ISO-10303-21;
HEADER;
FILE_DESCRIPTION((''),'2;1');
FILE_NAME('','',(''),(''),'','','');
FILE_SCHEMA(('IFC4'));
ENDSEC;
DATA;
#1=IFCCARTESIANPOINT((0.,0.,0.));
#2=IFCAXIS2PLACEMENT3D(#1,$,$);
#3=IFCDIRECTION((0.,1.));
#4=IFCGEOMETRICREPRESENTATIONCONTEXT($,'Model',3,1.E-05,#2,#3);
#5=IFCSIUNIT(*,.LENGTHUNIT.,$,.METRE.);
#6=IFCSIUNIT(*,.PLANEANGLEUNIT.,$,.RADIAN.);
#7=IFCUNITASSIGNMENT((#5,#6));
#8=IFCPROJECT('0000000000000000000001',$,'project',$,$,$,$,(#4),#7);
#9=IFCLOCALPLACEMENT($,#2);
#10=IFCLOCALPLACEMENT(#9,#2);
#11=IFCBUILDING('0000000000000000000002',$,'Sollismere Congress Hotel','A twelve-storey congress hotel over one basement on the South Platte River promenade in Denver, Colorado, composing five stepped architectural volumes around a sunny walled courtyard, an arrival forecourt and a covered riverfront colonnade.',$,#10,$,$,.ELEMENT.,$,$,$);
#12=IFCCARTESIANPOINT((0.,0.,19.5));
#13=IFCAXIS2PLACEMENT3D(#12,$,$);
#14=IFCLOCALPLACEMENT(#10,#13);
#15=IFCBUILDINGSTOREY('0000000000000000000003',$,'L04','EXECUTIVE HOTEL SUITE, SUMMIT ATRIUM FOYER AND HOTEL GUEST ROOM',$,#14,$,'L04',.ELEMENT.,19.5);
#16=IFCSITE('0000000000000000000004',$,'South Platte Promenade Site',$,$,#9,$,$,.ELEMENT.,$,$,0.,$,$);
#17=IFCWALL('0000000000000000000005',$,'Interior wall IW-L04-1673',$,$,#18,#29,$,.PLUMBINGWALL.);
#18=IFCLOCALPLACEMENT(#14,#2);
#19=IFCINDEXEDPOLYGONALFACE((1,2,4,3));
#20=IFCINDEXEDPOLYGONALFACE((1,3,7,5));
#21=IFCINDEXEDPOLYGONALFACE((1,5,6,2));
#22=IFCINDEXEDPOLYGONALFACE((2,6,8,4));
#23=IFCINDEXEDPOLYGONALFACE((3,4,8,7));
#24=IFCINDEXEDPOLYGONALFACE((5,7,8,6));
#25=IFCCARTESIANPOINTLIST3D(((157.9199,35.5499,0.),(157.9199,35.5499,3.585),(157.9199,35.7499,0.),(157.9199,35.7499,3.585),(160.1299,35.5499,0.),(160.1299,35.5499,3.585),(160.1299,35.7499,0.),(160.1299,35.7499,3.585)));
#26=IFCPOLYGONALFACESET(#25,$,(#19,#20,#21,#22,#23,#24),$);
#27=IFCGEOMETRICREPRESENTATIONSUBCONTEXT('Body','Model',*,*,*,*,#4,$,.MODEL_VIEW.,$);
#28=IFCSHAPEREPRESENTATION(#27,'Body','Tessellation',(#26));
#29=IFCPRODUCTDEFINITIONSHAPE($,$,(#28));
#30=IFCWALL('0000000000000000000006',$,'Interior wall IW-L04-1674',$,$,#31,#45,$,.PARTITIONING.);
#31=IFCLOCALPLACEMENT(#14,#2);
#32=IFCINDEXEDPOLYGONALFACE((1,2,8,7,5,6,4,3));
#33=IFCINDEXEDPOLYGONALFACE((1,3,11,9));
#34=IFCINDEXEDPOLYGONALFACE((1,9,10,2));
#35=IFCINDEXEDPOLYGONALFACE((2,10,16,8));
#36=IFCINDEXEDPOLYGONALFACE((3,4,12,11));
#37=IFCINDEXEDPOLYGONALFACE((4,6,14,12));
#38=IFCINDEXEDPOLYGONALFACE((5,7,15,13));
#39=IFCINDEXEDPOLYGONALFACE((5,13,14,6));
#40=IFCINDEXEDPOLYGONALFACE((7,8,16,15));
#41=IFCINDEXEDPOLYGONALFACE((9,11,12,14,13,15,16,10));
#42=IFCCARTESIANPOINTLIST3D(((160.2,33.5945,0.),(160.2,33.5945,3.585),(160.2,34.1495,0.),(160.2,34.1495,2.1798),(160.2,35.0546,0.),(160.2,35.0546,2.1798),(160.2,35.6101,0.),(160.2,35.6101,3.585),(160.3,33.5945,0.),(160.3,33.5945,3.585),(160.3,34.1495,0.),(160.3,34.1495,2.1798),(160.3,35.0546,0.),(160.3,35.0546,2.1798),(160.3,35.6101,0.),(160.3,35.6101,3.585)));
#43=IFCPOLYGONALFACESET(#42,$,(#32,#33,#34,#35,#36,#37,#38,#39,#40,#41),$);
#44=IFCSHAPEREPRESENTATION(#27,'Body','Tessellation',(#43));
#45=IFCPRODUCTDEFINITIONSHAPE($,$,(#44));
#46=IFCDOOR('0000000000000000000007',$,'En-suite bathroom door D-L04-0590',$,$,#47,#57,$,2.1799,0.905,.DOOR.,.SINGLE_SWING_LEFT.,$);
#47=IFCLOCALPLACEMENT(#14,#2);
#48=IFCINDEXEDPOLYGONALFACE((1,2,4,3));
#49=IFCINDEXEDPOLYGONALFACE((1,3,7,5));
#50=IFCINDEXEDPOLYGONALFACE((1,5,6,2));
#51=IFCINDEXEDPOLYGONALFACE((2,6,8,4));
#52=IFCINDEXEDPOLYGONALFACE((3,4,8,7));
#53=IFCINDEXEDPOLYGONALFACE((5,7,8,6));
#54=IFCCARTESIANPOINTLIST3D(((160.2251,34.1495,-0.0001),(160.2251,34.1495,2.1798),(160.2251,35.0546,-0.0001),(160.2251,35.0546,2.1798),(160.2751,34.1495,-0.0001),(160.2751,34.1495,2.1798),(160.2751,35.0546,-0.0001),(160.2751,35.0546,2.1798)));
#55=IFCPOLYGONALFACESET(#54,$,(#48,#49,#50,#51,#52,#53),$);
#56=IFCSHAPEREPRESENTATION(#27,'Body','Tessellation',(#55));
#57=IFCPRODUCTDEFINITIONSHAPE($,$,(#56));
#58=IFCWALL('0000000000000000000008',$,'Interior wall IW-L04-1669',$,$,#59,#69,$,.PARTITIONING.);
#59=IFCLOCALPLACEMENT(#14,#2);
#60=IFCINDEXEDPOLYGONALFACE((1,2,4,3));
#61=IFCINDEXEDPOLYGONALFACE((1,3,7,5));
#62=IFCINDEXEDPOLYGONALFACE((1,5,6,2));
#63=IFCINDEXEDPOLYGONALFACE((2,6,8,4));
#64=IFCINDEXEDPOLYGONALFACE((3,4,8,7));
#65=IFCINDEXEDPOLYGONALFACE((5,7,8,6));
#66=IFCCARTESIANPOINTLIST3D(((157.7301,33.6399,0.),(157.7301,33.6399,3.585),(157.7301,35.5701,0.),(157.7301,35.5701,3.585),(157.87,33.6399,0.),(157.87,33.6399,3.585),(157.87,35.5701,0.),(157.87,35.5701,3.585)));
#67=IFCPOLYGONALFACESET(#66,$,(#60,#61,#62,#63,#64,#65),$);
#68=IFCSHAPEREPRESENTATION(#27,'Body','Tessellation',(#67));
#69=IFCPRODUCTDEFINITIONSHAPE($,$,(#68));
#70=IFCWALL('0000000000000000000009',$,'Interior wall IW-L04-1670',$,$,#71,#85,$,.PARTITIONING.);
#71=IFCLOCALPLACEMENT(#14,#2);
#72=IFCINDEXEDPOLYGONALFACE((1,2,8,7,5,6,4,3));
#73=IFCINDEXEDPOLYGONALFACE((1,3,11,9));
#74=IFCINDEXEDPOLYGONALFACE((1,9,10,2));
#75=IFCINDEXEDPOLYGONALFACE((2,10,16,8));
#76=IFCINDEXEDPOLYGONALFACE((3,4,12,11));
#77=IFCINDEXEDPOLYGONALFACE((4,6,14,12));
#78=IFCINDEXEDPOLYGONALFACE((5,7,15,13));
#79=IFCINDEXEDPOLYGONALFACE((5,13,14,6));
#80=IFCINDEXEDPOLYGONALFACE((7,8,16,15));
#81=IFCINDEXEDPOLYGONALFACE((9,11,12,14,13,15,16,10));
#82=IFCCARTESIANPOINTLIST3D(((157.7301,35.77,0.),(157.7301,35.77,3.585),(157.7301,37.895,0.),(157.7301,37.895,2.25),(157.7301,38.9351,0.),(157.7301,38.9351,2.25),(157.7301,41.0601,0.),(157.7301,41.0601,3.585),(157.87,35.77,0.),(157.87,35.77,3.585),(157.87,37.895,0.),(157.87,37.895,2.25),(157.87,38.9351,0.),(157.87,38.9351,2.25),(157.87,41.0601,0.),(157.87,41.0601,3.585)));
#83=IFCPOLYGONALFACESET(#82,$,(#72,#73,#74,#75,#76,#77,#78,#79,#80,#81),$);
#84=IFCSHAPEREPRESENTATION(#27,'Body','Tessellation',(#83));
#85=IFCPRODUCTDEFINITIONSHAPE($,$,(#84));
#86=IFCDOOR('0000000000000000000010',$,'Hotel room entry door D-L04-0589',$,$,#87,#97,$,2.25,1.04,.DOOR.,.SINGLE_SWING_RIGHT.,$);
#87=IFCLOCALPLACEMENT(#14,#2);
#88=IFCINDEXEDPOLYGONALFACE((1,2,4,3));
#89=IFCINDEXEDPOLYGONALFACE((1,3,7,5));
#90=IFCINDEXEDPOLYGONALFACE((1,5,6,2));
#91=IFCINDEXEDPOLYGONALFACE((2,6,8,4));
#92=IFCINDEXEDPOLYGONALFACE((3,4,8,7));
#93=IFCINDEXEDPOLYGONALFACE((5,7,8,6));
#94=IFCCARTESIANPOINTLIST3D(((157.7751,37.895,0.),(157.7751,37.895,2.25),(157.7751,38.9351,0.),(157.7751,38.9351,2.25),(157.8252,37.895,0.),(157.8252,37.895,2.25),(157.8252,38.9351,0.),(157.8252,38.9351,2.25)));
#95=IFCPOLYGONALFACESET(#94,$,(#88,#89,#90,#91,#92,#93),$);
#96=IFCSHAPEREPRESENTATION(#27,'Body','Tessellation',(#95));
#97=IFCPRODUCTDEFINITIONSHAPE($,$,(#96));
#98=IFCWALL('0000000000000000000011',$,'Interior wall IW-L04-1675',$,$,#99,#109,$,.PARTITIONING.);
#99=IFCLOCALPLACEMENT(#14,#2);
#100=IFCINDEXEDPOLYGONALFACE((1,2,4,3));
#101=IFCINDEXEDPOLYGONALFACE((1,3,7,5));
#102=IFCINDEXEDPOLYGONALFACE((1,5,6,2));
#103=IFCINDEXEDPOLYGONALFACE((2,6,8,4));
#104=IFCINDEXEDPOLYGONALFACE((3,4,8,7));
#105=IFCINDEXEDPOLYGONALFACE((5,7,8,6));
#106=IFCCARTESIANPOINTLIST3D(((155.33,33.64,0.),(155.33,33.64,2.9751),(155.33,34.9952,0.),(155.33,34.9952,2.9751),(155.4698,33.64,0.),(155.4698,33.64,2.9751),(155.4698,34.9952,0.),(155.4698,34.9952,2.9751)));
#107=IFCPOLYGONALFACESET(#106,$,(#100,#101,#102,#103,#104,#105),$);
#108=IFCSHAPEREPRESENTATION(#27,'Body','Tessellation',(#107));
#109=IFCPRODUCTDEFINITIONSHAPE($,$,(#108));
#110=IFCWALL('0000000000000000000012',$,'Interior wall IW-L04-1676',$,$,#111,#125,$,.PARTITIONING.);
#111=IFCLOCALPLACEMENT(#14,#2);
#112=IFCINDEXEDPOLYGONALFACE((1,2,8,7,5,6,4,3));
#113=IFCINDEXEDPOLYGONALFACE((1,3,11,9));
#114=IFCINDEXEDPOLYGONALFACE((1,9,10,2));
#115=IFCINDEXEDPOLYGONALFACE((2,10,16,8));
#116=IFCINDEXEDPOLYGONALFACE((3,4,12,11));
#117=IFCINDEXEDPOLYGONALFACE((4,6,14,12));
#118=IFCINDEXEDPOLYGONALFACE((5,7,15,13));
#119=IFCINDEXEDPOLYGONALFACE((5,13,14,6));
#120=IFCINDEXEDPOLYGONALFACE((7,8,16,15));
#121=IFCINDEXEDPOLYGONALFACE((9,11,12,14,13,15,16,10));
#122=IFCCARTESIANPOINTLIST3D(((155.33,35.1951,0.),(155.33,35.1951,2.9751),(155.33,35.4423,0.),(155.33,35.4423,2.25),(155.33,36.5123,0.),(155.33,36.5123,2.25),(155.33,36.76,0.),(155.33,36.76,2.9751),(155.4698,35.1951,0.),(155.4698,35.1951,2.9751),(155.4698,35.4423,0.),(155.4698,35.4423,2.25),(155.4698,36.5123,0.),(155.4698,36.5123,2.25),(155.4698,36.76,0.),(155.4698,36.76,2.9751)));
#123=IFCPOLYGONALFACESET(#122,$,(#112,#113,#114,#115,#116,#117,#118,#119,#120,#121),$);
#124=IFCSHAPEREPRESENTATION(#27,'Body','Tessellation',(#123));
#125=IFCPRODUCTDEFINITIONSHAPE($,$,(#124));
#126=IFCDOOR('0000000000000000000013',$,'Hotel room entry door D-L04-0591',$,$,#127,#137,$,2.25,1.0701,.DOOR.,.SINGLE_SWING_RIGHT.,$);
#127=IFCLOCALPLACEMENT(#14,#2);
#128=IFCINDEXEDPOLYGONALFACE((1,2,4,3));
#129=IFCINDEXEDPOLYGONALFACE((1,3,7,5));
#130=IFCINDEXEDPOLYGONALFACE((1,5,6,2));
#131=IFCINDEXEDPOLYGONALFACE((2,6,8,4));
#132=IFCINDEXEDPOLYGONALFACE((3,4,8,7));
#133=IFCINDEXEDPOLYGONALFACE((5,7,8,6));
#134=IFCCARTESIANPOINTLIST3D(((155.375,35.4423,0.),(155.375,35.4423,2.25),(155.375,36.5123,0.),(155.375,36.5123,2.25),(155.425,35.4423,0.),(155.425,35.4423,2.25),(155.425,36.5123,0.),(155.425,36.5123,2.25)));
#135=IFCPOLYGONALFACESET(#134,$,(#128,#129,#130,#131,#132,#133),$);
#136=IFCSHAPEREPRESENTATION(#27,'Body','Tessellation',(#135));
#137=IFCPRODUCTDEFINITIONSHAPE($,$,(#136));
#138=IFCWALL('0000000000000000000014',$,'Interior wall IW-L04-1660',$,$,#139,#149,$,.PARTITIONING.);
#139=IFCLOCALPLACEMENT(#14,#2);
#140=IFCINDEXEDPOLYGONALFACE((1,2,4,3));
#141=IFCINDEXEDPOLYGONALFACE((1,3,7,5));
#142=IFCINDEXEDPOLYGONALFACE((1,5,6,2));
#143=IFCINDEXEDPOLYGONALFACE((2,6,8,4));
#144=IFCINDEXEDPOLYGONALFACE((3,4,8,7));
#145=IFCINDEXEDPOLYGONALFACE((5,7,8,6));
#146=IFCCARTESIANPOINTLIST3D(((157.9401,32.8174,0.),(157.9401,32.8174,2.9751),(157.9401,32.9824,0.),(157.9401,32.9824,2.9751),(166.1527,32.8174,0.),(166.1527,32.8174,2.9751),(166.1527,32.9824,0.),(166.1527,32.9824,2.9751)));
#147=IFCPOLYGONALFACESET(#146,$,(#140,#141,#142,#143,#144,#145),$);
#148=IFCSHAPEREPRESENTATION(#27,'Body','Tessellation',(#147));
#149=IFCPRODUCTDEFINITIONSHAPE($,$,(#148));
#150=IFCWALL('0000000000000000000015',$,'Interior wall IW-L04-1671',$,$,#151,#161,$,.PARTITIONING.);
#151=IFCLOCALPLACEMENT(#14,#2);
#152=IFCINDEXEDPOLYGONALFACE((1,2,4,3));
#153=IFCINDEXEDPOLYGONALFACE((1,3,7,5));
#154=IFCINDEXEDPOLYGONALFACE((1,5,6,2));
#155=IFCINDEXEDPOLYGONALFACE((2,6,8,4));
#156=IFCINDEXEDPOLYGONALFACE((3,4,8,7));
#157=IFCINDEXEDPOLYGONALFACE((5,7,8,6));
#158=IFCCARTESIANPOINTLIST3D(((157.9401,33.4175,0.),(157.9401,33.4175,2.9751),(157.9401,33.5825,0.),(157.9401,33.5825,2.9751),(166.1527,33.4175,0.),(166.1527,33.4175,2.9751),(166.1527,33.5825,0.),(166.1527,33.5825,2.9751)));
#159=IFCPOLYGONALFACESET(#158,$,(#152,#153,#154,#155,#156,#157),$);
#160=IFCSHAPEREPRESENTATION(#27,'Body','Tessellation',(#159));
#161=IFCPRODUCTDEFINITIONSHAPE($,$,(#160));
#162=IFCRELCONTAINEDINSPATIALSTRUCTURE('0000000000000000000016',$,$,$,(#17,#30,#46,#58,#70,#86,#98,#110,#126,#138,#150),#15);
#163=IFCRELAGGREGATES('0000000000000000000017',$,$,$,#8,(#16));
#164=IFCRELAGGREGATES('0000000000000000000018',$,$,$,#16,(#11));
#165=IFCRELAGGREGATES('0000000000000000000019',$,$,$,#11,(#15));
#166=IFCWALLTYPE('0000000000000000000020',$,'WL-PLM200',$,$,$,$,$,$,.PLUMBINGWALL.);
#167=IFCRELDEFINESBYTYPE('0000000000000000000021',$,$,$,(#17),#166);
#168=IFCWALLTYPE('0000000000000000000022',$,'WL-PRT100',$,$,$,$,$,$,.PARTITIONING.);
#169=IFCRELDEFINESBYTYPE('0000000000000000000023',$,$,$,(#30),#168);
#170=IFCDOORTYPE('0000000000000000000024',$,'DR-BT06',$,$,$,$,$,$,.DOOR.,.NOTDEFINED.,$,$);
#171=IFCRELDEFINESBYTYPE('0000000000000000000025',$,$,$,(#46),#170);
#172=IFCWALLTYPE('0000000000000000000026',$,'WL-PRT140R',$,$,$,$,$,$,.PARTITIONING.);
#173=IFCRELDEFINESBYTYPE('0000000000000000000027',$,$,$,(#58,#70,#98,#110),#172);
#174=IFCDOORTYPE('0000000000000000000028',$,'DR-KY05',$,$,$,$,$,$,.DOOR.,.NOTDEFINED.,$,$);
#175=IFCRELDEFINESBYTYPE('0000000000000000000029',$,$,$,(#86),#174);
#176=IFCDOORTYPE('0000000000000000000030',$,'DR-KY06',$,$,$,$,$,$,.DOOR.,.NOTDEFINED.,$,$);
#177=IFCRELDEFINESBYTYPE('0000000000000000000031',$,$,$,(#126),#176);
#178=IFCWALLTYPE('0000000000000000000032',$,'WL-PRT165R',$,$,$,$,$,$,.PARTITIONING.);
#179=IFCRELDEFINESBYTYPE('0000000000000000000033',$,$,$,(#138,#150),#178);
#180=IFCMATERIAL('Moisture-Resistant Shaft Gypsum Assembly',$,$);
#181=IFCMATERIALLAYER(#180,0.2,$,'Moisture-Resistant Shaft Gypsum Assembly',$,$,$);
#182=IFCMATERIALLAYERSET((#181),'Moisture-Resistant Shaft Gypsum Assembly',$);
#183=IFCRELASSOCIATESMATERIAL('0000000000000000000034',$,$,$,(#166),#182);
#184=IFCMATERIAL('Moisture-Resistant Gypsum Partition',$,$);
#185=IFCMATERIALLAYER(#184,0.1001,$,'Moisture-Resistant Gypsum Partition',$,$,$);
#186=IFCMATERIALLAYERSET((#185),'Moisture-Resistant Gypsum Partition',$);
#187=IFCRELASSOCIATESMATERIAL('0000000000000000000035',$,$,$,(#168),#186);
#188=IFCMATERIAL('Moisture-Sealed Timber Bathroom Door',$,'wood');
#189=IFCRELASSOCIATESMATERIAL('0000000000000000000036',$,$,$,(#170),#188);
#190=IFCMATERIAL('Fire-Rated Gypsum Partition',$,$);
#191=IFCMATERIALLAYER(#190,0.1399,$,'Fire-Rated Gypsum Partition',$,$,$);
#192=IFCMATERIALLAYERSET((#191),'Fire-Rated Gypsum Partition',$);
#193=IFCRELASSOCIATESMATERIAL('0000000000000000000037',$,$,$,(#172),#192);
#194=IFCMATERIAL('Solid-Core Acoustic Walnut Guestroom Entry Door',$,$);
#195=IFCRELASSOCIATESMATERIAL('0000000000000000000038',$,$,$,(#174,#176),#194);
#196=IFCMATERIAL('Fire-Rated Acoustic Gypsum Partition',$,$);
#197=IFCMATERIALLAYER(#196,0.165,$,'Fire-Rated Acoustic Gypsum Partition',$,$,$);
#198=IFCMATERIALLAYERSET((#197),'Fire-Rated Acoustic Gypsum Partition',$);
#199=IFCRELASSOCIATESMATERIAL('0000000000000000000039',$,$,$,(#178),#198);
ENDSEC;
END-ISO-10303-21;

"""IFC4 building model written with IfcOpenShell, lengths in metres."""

from ifc_helpers import new_model, si_unit, direction, frame, frame_2d, origin, place, context, subcontext, project, spatial, rectangle, extrude, material, layer, layer_set, type_object, element, fill, save


model = new_model("IFC4")

# Units and contexts
model_context = context("Model", 3, precision=1e-05, world=origin(), true_north=direction((0.0, 1.0)))
body_context = subcontext(model_context, "Body", "Model", "MODEL_VIEW")
ifc_project = project(units=[si_unit("LENGTHUNIT", "METRE"), si_unit("PLANEANGLEUNIT", "RADIAN")], contexts=[model_context])

# Site, building, storey
site_placement = place(None, origin())
site = spatial("IfcSite", under=ifc_project, at=site_placement, Name="South Platte Promenade Site", CompositionType="ELEMENT", RefElevation=0.0)
building_placement = place(site_placement, origin())
building = spatial("IfcBuilding", under=site, at=building_placement, Name="Sollismere Congress Hotel", Description="A twelve-storey congress hotel over one basement on the South Platte River promenade in Denver, Colorado, composing five stepped architectural volumes around a sunny walled courtyard, an arrival forecourt and a covered riverfront colonnade.", CompositionType="ELEMENT")
storey_placement = place(building_placement, frame((0.0, 0.0, 19.5)))
storey = spatial("IfcBuildingStorey", under=building, at=storey_placement, Name="L04", Description="EXECUTIVE HOTEL SUITE, SUMMIT ATRIUM FOYER AND HOTEL GUEST ROOM", LongName="L04", CompositionType="ELEMENT", Elevation=19.5)

# Wall
ifc_material_1 = material(Name="Moisture-Resistant Shaft Gypsum Assembly")
ifc_layer_1 = layer(ifc_material_1, 0.2, Name="Moisture-Resistant Shaft Gypsum Assembly")
ifc_layer_set_1 = layer_set([ifc_layer_1], Name="Moisture-Resistant Shaft Gypsum Assembly")
wall_type_1 = type_object("IfcWallType", Name="WL-PLM200", PredefinedType="PLUMBINGWALL", material=ifc_layer_set_1)
wall_1_placement = place(storey_placement, frame((157.9199, 35.6499, 0.0), z_axis=(0.0, 0.0, 1.0), x_axis=(1.0, 0.0, 0.0)))
element("IfcWall", 1, at=wall_1_placement, inside=storey, type_object=wall_type_1, Name="Interior wall IW-L04-1673", PredefinedType="PLUMBINGWALL", context=body_context, shape_type="SweptSolid", body=[
    extrude(rectangle(XDim=2.21, YDim=0.2, at=frame_2d((1.105, 0.0))), origin(), (0.0, 0.0, 1.0), 3.585),
])

# Wall, opening, door
ifc_material_2 = material(Name="Moisture-Resistant Gypsum Partition")
ifc_layer_2 = layer(ifc_material_2, 0.1001, Name="Moisture-Resistant Gypsum Partition")
ifc_layer_set_2 = layer_set([ifc_layer_2], Name="Moisture-Resistant Gypsum Partition")
wall_type_2 = type_object("IfcWallType", Name="WL-PRT100", PredefinedType="PARTITIONING", material=ifc_layer_set_2)
wall_2_placement = place(storey_placement, frame((160.25, 33.5945, 0.0), z_axis=(0.0, 0.0, 1.0), x_axis=(0.0, 1.0, 0.0)))
wall_2 = element("IfcWall", 2, at=wall_2_placement, inside=storey, type_object=wall_type_2, Name="Interior wall IW-L04-1674", PredefinedType="PARTITIONING", context=body_context, shape_type="SweptSolid", body=[
    extrude(rectangle(XDim=2.0156, YDim=0.1001, at=frame_2d((1.0078, 0.0))), origin(), (0.0, 0.0, 1.0), 3.585),
])
opening_1_placement = place(wall_2_placement, frame((0.5549, 0.0, 0.0)))
opening_1 = element("IfcOpeningElement", 3, at=opening_1_placement, cuts=wall_2, PredefinedType="OPENING", context=body_context, shape_type="SweptSolid", body=[
    extrude(rectangle(XDim=0.905, YDim=2.1799, at=frame_2d((0.4526, 1.0898))), frame((0.0, 0.0601, 0.0), z_axis=(0.0, -1.0, 0.0), x_axis=(1.0, 0.0, 0.0)), (0.0, 0.0, 1.0), 0.1201),
])
ifc_material_3 = material(Name="Moisture-Sealed Timber Bathroom Door", Category="wood")
door_type_1 = type_object("IfcDoorType", Name="DR-BT06", OperationType="NOTDEFINED", PredefinedType="DOOR", material=ifc_material_3)
door_1_placement = place(opening_1_placement, origin())
door_1 = element("IfcDoor", 4, at=door_1_placement, inside=storey, type_object=door_type_1, Name="En-suite bathroom door D-L04-0590", OperationType="SINGLE_SWING_LEFT", OverallHeight=2.1799, OverallWidth=0.905, PredefinedType="DOOR", context=body_context, shape_type="SweptSolid", body=[
    extrude(rectangle(XDim=0.905, YDim=2.1799, at=frame_2d((0.4526, 1.0898))), frame((0.0, 0.0249, 0.0), z_axis=(0.0, -1.0, 0.0), x_axis=(1.0, 0.0, 0.0)), (0.0, 0.0, 1.0), 0.05),
])
fill(opening_1, door_1)

# Wall
ifc_material_4 = material(Name="Fire-Rated Gypsum Partition")
ifc_layer_3 = layer(ifc_material_4, 0.1399, Name="Fire-Rated Gypsum Partition")
ifc_layer_set_3 = layer_set([ifc_layer_3], Name="Fire-Rated Gypsum Partition")
wall_type_3 = type_object("IfcWallType", Name="WL-PRT140R", PredefinedType="PARTITIONING", material=ifc_layer_set_3)
wall_3_placement = place(storey_placement, frame((157.8, 33.6399, 0.0), z_axis=(0.0, 0.0, 1.0), x_axis=(0.0, 1.0, 0.0)))
element("IfcWall", 5, at=wall_3_placement, inside=storey, type_object=wall_type_3, Name="Interior wall IW-L04-1669", PredefinedType="PARTITIONING", context=body_context, shape_type="SweptSolid", body=[
    extrude(rectangle(XDim=1.9302, YDim=0.1399, at=frame_2d((0.9651, 0.0))), origin(), (0.0, 0.0, 1.0), 3.585),
])

# Wall, opening, door
wall_4_placement = place(storey_placement, frame((157.8, 35.77, 0.0), z_axis=(0.0, 0.0, 1.0), x_axis=(0.0, 1.0, 0.0)))
wall_4 = element("IfcWall", 6, at=wall_4_placement, inside=storey, type_object=wall_type_3, Name="Interior wall IW-L04-1670", PredefinedType="PARTITIONING", context=body_context, shape_type="SweptSolid", body=[
    extrude(rectangle(XDim=5.29, YDim=0.1399, at=frame_2d((2.645, 0.0))), origin(), (0.0, 0.0, 1.0), 3.585),
])
opening_2_placement = place(wall_4_placement, frame((2.125, 0.0, 0.0)))
opening_2 = element("IfcOpeningElement", 7, at=opening_2_placement, cuts=wall_4, PredefinedType="OPENING", context=body_context, shape_type="SweptSolid", body=[
    extrude(rectangle(XDim=1.04, YDim=2.25, at=frame_2d((0.52, 1.125))), frame((0.0, 0.0798, 0.0), z_axis=(0.0, -1.0, 0.0), x_axis=(1.0, 0.0, 0.0)), (0.0, 0.0, 1.0), 0.1599),
])
ifc_material_5 = material(Name="Solid-Core Acoustic Walnut Guestroom Entry Door")
door_type_2 = type_object("IfcDoorType", Name="DR-KY05", OperationType="NOTDEFINED", PredefinedType="DOOR", material=ifc_material_5)
door_2_placement = place(opening_2_placement, origin())
door_2 = element("IfcDoor", 8, at=door_2_placement, inside=storey, type_object=door_type_2, Name="Hotel room entry door D-L04-0589", OperationType="SINGLE_SWING_RIGHT", OverallHeight=2.25, OverallWidth=1.04, PredefinedType="DOOR", context=body_context, shape_type="SweptSolid", body=[
    extrude(rectangle(XDim=1.04, YDim=2.25, at=frame_2d((0.52, 1.125))), frame((0.0, 0.0249, 0.0), z_axis=(0.0, -1.0, 0.0), x_axis=(1.0, 0.0, 0.0)), (0.0, 0.0, 1.0), 0.05),
])
fill(opening_2, door_2)

# Wall
wall_5_placement = place(storey_placement, frame((155.3999, 33.6399, 0.0), z_axis=(0.0, 0.0, 1.0), x_axis=(0.0, 1.0, 0.0)))
element("IfcWall", 9, at=wall_5_placement, inside=storey, type_object=wall_type_3, Name="Interior wall IW-L04-1675", PredefinedType="PARTITIONING", context=body_context, shape_type="SweptSolid", body=[
    extrude(rectangle(XDim=1.3552, YDim=0.1399, at=frame_2d((0.6777, 0.0))), origin(), (0.0, 0.0, 1.0), 2.9751),
])

# Wall, opening, door
wall_6_placement = place(storey_placement, frame((155.3999, 35.1951, 0.0), z_axis=(0.0, 0.0, 1.0), x_axis=(0.0, 1.0, 0.0)))
wall_6 = element("IfcWall", 10, at=wall_6_placement, inside=storey, type_object=wall_type_3, Name="Interior wall IW-L04-1676", PredefinedType="PARTITIONING", context=body_context, shape_type="SweptSolid", body=[
    extrude(rectangle(XDim=1.5649, YDim=0.1399, at=frame_2d((0.7825, 0.0))), origin(), (0.0, 0.0, 1.0), 2.9751),
])
opening_3_placement = place(wall_6_placement, frame((0.2471, 0.0, 0.0)))
opening_3 = element("IfcOpeningElement", 11, at=opening_3_placement, cuts=wall_6, PredefinedType="OPENING", context=body_context, shape_type="SweptSolid", body=[
    extrude(rectangle(XDim=1.0701, YDim=2.25, at=frame_2d((0.5352, 1.125))), frame((0.0, 0.0798, 0.0), z_axis=(0.0, -1.0, 0.0), x_axis=(1.0, 0.0, 0.0)), (0.0, 0.0, 1.0), 0.1599),
])
door_type_3 = type_object("IfcDoorType", Name="DR-KY06", OperationType="NOTDEFINED", PredefinedType="DOOR", material=ifc_material_5)
door_3_placement = place(opening_3_placement, origin())
door_3 = element("IfcDoor", 12, at=door_3_placement, inside=storey, type_object=door_type_3, Name="Hotel room entry door D-L04-0591", OperationType="SINGLE_SWING_RIGHT", OverallHeight=2.25, OverallWidth=1.0701, PredefinedType="DOOR", context=body_context, shape_type="SweptSolid", body=[
    extrude(rectangle(XDim=1.0701, YDim=2.25, at=frame_2d((0.5352, 1.125))), frame((0.0, 0.0249, 0.0), z_axis=(0.0, -1.0, 0.0), x_axis=(1.0, 0.0, 0.0)), (0.0, 0.0, 1.0), 0.05),
])
fill(opening_3, door_3)

# Walls
ifc_material_6 = material(Name="Fire-Rated Acoustic Gypsum Partition")
ifc_layer_4 = layer(ifc_material_6, 0.165, Name="Fire-Rated Acoustic Gypsum Partition")
ifc_layer_set_4 = layer_set([ifc_layer_4], Name="Fire-Rated Acoustic Gypsum Partition")
wall_type_4 = type_object("IfcWallType", Name="WL-PRT165R", PredefinedType="PARTITIONING", material=ifc_layer_set_4)
for number, where, z_axis, x_axis, name in (
    (13, (157.9399, 32.8999, 0.0), (0.0, 0.0, 1.0), (1.0, 0.0, 0.0), "Interior wall IW-L04-1660"),
    (14, (157.9399, 33.5, 0.0), (0.0, 0.0, 1.0), (1.0, 0.0, 0.0), "Interior wall IW-L04-1671"),
):
    element("IfcWall", number, at=place(storey_placement, frame(where, z_axis=z_axis, x_axis=x_axis)), inside=storey, type_object=wall_type_4, Name=name, PredefinedType="PARTITIONING", context=body_context, shape_type="SweptSolid", body=[
        extrude(rectangle(XDim=8.2126, YDim=0.165, at=frame_2d((4.1064, 0.0))), origin(), (0.0, 0.0, 1.0), 2.9751),
    ])

save(model, "model.ifc")
